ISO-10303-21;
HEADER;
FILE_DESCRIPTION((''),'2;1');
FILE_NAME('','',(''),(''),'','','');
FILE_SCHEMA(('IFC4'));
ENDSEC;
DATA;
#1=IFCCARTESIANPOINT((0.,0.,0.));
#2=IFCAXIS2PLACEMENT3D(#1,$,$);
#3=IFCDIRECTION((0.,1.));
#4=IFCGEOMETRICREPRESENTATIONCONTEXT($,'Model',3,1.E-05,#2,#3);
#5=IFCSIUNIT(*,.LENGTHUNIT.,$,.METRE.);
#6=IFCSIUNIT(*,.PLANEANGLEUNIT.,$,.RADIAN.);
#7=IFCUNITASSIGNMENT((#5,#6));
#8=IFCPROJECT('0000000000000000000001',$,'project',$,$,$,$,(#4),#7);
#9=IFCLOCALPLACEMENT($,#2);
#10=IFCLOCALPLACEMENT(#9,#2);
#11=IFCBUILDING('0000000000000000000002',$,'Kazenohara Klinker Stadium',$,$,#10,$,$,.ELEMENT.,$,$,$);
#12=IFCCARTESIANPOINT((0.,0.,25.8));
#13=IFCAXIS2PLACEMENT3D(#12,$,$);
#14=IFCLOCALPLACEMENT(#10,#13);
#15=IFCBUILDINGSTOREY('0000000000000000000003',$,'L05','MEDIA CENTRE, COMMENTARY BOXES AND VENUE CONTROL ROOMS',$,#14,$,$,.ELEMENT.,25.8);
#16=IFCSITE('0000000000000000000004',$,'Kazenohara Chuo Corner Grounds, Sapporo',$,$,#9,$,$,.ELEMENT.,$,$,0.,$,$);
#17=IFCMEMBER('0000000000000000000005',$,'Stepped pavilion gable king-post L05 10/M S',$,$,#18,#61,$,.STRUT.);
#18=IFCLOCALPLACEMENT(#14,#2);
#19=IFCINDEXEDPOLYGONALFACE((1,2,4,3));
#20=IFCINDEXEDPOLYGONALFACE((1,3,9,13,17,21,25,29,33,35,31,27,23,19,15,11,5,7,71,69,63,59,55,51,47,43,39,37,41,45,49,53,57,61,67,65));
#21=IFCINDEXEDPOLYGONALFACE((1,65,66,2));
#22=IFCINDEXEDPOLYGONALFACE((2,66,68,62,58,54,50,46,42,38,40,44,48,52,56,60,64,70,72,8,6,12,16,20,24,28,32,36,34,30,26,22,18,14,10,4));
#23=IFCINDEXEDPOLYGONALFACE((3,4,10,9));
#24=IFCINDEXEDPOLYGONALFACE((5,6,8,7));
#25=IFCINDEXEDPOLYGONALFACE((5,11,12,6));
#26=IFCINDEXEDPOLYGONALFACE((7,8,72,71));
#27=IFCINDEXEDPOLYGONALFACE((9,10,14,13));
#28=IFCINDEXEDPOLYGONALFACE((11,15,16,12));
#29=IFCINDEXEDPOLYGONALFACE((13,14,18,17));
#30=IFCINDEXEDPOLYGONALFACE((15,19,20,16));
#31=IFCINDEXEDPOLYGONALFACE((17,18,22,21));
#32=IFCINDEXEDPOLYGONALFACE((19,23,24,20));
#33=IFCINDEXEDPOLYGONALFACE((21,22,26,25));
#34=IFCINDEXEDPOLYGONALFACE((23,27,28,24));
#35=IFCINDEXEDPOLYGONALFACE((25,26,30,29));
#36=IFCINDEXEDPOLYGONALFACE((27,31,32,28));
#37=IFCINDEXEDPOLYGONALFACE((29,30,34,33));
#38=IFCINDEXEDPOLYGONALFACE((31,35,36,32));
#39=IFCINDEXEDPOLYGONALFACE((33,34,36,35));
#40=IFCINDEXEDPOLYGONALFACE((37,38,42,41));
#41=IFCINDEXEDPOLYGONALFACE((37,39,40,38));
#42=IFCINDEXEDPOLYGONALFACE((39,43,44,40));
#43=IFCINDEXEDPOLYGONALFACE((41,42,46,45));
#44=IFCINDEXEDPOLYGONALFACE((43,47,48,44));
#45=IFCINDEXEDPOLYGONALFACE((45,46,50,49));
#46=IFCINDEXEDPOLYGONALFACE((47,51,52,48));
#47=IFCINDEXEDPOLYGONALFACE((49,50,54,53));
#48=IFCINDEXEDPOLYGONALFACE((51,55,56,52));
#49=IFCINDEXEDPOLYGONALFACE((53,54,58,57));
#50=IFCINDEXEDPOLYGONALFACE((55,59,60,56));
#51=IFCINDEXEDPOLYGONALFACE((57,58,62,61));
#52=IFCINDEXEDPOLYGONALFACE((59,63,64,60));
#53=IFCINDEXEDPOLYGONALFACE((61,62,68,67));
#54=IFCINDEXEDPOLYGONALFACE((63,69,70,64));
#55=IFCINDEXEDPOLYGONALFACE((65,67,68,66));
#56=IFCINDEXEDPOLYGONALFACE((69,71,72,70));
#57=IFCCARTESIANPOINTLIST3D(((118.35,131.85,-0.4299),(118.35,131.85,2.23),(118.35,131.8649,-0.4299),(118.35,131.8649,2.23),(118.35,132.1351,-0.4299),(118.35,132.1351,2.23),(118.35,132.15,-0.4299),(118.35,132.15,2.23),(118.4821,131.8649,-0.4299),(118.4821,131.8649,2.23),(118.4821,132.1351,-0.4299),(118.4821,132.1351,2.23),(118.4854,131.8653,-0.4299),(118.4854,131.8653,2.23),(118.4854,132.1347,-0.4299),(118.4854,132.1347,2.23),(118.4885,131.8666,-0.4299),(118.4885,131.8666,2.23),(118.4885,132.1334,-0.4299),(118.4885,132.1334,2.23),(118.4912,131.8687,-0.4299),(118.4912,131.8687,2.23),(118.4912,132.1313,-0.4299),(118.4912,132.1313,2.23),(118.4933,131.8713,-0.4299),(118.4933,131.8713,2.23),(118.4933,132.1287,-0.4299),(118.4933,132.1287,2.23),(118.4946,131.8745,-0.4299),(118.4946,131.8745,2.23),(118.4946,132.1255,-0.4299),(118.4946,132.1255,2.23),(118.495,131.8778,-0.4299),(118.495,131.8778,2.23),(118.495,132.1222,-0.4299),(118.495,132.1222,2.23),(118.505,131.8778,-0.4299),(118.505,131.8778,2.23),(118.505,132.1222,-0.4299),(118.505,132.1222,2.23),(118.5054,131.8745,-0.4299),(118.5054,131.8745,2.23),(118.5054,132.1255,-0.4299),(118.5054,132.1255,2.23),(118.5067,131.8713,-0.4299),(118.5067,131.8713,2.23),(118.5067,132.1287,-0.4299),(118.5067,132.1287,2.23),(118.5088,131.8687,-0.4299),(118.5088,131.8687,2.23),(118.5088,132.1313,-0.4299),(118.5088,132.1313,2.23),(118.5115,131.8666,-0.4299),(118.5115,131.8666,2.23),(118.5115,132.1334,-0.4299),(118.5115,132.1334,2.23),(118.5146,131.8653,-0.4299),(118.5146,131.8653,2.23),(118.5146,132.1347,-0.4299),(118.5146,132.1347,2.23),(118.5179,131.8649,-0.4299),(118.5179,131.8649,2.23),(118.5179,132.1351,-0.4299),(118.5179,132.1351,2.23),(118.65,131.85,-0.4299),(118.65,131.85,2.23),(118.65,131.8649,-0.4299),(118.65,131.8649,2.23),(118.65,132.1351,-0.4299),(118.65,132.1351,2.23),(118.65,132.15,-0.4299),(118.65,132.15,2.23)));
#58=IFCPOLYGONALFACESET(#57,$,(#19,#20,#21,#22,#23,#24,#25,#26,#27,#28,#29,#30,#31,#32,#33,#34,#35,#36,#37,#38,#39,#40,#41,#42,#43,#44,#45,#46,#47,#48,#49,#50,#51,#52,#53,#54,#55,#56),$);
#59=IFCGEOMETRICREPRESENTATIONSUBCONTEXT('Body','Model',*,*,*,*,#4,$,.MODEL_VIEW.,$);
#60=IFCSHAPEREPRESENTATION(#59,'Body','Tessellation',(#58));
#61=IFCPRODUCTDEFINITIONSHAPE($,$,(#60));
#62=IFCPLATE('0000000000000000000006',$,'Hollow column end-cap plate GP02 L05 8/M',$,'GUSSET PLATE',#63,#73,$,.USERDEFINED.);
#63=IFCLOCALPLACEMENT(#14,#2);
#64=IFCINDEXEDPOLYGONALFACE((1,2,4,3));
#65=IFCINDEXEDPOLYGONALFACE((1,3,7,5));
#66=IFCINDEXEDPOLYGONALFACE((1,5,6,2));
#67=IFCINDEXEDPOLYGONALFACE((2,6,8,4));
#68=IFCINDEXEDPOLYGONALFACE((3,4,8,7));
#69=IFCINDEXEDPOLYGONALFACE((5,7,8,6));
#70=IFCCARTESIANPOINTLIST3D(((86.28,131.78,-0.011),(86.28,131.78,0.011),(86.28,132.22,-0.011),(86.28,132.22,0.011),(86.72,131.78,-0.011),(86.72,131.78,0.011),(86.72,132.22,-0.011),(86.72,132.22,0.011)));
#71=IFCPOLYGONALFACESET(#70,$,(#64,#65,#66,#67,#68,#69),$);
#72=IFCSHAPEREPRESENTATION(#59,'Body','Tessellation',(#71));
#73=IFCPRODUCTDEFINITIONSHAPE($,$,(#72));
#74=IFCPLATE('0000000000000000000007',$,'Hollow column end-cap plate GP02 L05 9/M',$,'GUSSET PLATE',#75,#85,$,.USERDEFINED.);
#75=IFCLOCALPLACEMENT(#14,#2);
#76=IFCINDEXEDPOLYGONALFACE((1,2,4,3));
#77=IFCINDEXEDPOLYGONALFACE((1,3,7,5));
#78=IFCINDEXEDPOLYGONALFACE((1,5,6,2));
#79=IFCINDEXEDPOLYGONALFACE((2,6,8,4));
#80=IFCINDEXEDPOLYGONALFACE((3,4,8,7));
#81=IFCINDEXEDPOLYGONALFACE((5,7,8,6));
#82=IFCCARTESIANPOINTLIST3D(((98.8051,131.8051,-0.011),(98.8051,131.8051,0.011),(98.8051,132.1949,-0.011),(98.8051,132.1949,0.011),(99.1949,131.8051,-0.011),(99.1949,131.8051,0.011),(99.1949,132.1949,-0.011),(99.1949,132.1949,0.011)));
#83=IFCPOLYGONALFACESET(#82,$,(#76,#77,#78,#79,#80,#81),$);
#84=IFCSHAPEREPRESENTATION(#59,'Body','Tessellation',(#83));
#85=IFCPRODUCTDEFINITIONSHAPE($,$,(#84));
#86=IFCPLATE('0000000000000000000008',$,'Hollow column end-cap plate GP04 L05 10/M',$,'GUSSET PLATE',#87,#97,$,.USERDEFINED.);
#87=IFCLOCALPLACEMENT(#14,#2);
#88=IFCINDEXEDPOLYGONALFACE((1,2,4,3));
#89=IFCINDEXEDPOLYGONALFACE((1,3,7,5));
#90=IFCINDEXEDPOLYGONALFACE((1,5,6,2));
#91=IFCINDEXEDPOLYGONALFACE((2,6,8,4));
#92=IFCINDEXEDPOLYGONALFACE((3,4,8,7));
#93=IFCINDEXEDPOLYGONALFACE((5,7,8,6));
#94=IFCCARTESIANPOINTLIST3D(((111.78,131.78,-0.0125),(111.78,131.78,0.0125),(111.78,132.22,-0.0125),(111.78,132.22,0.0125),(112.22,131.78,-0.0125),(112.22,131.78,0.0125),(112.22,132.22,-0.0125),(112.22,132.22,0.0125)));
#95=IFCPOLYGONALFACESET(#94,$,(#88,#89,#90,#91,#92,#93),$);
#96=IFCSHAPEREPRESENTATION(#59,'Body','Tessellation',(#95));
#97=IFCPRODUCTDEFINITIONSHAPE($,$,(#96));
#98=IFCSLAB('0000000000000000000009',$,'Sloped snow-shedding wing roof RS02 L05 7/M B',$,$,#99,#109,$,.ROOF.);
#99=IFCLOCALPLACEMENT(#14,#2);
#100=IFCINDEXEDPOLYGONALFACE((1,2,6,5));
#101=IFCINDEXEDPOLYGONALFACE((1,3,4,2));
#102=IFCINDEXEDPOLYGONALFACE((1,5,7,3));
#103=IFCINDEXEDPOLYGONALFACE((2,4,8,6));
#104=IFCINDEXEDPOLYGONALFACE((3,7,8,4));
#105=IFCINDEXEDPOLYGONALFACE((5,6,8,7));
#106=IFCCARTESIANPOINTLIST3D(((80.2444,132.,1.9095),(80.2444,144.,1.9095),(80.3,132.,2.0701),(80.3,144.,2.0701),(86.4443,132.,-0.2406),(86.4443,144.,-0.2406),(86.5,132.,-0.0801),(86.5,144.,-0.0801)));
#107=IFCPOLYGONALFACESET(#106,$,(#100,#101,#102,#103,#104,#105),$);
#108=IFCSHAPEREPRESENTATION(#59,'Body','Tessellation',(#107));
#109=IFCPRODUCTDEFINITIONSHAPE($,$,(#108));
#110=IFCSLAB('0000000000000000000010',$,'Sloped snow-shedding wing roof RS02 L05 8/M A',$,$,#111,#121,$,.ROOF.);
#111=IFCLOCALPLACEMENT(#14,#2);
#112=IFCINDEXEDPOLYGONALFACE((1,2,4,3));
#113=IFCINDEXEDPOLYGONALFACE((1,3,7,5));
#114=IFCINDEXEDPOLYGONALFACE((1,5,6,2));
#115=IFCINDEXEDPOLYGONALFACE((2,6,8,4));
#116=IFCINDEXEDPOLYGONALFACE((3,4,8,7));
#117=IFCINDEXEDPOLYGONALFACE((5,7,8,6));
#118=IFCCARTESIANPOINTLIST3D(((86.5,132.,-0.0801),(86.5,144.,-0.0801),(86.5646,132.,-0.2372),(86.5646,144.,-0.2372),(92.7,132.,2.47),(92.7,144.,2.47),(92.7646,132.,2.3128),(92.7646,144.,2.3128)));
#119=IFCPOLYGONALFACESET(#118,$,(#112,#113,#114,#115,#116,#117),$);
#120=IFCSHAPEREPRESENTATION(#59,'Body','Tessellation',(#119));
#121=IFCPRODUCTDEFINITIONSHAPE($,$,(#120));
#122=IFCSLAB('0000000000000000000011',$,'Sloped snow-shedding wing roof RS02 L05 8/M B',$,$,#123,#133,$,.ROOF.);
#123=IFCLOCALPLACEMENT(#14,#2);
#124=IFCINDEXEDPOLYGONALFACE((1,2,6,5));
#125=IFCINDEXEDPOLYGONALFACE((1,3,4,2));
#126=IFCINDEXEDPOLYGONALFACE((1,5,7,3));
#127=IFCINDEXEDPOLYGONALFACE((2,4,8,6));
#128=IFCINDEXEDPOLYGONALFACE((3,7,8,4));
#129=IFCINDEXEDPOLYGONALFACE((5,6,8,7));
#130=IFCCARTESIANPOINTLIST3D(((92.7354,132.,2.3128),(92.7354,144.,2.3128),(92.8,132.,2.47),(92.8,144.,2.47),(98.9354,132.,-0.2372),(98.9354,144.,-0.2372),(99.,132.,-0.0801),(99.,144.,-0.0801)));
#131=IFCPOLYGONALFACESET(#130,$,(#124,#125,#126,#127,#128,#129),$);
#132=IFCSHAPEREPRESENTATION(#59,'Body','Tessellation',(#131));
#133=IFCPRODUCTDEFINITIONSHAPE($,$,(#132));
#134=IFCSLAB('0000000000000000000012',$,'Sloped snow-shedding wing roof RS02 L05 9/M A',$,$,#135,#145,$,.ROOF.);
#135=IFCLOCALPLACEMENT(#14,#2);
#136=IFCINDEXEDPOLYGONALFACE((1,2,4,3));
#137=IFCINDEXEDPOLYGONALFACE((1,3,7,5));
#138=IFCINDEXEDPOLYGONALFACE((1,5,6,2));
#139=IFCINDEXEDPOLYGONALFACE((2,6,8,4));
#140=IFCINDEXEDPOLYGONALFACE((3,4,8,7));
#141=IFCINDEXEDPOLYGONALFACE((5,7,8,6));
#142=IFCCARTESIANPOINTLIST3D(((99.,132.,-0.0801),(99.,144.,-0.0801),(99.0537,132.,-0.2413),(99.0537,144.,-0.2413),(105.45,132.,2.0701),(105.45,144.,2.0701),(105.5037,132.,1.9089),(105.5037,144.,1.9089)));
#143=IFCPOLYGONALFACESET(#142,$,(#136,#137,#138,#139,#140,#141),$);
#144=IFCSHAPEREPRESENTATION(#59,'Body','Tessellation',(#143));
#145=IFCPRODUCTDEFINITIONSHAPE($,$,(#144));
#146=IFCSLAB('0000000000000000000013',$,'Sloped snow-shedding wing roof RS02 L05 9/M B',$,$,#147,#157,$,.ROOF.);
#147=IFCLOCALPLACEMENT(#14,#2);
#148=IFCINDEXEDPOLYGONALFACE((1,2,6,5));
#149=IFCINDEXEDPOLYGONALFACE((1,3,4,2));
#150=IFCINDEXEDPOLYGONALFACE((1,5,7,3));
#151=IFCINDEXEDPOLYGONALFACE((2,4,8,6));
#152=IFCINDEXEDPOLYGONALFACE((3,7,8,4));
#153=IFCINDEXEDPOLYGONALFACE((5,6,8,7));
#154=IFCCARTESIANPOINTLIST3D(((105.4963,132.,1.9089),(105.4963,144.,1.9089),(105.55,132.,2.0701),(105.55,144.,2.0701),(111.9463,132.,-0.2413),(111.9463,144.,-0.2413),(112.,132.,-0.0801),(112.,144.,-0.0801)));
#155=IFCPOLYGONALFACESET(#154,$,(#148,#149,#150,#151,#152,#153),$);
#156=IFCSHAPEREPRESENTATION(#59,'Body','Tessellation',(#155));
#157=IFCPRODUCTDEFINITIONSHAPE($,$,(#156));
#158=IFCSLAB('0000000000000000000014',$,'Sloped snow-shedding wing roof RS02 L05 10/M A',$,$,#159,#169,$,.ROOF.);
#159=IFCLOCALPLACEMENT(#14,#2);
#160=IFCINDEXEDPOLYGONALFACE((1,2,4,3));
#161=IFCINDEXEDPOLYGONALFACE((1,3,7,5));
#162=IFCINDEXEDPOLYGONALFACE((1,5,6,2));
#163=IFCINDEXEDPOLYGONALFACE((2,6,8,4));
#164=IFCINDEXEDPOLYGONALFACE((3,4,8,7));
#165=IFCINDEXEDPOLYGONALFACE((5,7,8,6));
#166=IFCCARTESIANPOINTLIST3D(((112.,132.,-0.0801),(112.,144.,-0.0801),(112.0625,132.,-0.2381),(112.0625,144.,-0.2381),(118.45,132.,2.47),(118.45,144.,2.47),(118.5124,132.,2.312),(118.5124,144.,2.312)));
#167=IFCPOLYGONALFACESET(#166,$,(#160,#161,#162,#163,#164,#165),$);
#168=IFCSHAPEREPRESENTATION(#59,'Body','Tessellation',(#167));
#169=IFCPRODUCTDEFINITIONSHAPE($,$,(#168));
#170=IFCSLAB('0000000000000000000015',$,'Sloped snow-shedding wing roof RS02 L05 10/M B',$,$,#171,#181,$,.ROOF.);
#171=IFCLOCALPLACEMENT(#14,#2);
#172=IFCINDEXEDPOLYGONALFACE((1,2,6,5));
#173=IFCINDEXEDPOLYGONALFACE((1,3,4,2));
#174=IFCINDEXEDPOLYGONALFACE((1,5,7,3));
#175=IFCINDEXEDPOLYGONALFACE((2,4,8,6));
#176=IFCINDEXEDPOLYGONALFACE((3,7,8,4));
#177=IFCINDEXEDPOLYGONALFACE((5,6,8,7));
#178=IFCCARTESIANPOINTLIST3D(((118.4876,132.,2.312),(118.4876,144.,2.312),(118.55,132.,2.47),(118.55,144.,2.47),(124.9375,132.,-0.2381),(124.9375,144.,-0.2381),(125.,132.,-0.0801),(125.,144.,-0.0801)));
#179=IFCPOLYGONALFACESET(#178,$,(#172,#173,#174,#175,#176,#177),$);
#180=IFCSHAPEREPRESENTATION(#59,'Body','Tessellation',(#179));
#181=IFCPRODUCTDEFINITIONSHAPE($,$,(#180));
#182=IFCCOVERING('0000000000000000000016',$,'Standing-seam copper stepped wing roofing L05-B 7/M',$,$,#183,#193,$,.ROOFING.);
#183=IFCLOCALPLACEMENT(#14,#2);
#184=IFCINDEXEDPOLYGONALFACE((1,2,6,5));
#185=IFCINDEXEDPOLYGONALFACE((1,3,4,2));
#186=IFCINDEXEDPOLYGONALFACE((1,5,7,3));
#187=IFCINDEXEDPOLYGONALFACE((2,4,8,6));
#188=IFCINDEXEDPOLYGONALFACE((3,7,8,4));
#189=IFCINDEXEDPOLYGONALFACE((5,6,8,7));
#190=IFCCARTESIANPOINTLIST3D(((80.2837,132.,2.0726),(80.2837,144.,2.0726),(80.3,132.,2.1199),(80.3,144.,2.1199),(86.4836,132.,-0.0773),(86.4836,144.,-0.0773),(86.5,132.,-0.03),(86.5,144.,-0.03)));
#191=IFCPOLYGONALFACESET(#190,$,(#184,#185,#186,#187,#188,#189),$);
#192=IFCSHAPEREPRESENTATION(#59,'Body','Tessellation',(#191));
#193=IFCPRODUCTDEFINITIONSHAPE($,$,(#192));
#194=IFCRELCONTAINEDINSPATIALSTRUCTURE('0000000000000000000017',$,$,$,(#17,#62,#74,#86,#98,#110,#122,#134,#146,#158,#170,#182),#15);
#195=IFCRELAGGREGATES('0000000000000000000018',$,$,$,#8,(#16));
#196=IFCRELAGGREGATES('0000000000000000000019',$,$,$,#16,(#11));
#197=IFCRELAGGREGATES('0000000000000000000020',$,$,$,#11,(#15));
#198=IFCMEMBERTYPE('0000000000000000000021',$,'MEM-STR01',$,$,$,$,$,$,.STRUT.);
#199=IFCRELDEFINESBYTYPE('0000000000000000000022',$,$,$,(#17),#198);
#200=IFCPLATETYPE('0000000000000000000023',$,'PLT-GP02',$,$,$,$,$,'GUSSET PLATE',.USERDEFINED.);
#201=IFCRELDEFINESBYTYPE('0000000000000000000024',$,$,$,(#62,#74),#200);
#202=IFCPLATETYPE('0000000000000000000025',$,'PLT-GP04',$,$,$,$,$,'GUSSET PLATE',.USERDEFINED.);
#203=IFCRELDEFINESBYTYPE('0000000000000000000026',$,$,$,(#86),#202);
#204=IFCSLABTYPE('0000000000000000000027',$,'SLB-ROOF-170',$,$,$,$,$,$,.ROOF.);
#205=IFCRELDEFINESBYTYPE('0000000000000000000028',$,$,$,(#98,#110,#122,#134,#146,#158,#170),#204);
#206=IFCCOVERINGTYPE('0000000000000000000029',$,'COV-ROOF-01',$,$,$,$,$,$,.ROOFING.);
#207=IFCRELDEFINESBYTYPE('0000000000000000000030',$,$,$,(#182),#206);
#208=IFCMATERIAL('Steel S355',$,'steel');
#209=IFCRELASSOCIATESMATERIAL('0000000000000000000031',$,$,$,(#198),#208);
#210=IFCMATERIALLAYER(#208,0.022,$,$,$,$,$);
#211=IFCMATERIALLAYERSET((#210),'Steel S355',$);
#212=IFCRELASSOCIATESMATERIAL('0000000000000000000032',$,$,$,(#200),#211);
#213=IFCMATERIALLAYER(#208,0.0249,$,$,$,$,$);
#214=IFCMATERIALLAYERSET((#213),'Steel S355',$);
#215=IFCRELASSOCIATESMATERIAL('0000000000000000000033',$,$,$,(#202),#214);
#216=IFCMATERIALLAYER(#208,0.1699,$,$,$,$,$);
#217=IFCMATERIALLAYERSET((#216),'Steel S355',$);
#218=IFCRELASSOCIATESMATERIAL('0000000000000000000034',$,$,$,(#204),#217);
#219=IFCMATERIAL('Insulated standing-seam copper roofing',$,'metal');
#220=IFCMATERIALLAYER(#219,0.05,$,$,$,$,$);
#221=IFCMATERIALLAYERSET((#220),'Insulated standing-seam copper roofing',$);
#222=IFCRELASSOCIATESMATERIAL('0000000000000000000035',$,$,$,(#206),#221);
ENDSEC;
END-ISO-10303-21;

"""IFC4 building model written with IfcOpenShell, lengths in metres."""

from ifc_helpers import new_model, si_unit, direction, frame, origin, origin_2d, place, context, subcontext, project, spatial, polyline, rectangle, i_section, outline, extrude, material, layer, layer_set, material_profile, profile_set, type_object, element, save


model = new_model("IFC4")

# Units and contexts
model_context = context("Model", 3, precision=1e-05, world=origin(), true_north=direction((0.0, 1.0)))
body_context = subcontext(model_context, "Body", "Model", "MODEL_VIEW")
ifc_project = project(units=[si_unit("LENGTHUNIT", "METRE"), si_unit("PLANEANGLEUNIT", "RADIAN")], contexts=[model_context])

# Site, building, storey
site_placement = place(None, origin())
site = spatial("IfcSite", under=ifc_project, at=site_placement, Name="Kazenohara Chuo Corner Grounds, Sapporo", CompositionType="ELEMENT", RefElevation=0.0)
building_placement = place(site_placement, origin())
building = spatial("IfcBuilding", under=site, at=building_placement, Name="Kazenohara Klinker Stadium", CompositionType="ELEMENT")
storey_placement = place(building_placement, frame((0.0, 0.0, 25.8)))
storey = spatial("IfcBuildingStorey", under=building, at=storey_placement, Name="L05", Description="MEDIA CENTRE, COMMENTARY BOXES AND VENUE CONTROL ROOMS", CompositionType="ELEMENT", Elevation=25.8)

# Shared definitions
ifc_material_1 = material(Name="Steel S355", Category="steel")

# Member
ifc_material_profile_1 = material_profile(ifc_material_1, i_section(OverallWidth=0.3, OverallDepth=0.3, WebThickness=0.01, FlangeThickness=0.0149, FilletRadius=0.0129, at=origin_2d()), Name="H-300x300x10x15")
ifc_profile_set_1 = profile_set([ifc_material_profile_1], Name="Steel S355")
member_type_1 = type_object("IfcMemberType", Name="MEM-STR01", PredefinedType="STRUT", material=ifc_profile_set_1)
member_1_placement = place(storey_placement, frame((118.5, 132.0, -0.4299), z_axis=(0.0, 0.0, 1.0), x_axis=(1.0, 0.0, 0.0)))
element("IfcMember", 1, at=member_1_placement, inside=storey, type_object=member_type_1, Name="Stepped pavilion gable king-post L05 10/M S", PredefinedType="STRUT", context=body_context, shape_type="SweptSolid", body=[
    extrude(i_section(OverallWidth=0.3, OverallDepth=0.3, WebThickness=0.01, FlangeThickness=0.0149, FilletRadius=0.0129, at=origin_2d()), origin(), (0.0, 0.0, 1.0), 2.6599),
])

# Plates
ifc_layer_1 = layer(ifc_material_1, 0.022)
ifc_layer_set_1 = layer_set([ifc_layer_1], Name="Steel S355")
plate_type_1 = type_object("IfcPlateType", Name="PLT-GP02", ElementType="GUSSET PLATE", PredefinedType="USERDEFINED", material=ifc_layer_set_1)
plate_1_placement = place(storey_placement, frame((86.5, 132.0, -0.011), z_axis=(0.0, 0.0, 1.0), x_axis=(1.0, 0.0, 0.0)))
element("IfcPlate", 2, at=plate_1_placement, inside=storey, type_object=plate_type_1, Name="Hollow column end-cap plate GP02 L05 8/M", ObjectType="GUSSET PLATE", PredefinedType="USERDEFINED", context=body_context, shape_type="SweptSolid", body=[
    extrude(rectangle(XDim=0.4399, YDim=0.4399, at=origin_2d()), origin(), (0.0, 0.0, 1.0), 0.022),
])
plate_2_placement = place(storey_placement, frame((99.0, 132.0, -0.011), z_axis=(0.0, 0.0, 1.0), x_axis=(1.0, 0.0, 0.0)))
element("IfcPlate", 3, at=plate_2_placement, inside=storey, type_object=plate_type_1, Name="Hollow column end-cap plate GP02 L05 9/M", ObjectType="GUSSET PLATE", PredefinedType="USERDEFINED", context=body_context, shape_type="SweptSolid", body=[
    extrude(rectangle(XDim=0.3899, YDim=0.3899, at=origin_2d()), origin(), (0.0, 0.0, 1.0), 0.022),
])
ifc_layer_2 = layer(ifc_material_1, 0.0249)
ifc_layer_set_2 = layer_set([ifc_layer_2], Name="Steel S355")
plate_type_2 = type_object("IfcPlateType", Name="PLT-GP04", ElementType="GUSSET PLATE", PredefinedType="USERDEFINED", material=ifc_layer_set_2)
plate_3_placement = place(storey_placement, frame((112.0, 132.0, -0.0125), z_axis=(0.0, 0.0, 1.0), x_axis=(1.0, 0.0, 0.0)))
element("IfcPlate", 4, at=plate_3_placement, inside=storey, type_object=plate_type_2, Name="Hollow column end-cap plate GP04 L05 10/M", ObjectType="GUSSET PLATE", PredefinedType="USERDEFINED", context=body_context, shape_type="SweptSolid", body=[
    extrude(rectangle(XDim=0.4399, YDim=0.4399, at=origin_2d()), origin(), (0.0, 0.0, 1.0), 0.0249),
])

# Slabs
ifc_layer_3 = layer(ifc_material_1, 0.1699)
ifc_layer_set_3 = layer_set([ifc_layer_3], Name="Steel S355")
slab_type = type_object("IfcSlabType", Name="SLB-ROOF-170", PredefinedType="ROOF", material=ifc_layer_set_3)
slab_placement = place(storey_placement, frame((80.3, 132.0, 2.0701), z_axis=(0.327656, 0.0, 0.944797), x_axis=(0.944797, 0.0, -0.327656)))
element("IfcSlab", 5, at=slab_placement, inside=storey, type_object=slab_type, Name="Sloped snow-shedding wing roof RS02 L05 7/M B", PredefinedType="ROOF", context=body_context, shape_type="SweptSolid", body=[
    extrude(outline(polyline([(0.0, 0.0), (6.5622, 0.0), (6.5622, 12.0), (0.0, 12.0), (0.0, 0.0)])), origin(), (0.0, 0.0, -1.0), 0.1699),
])
for number, where, z_axis, x_axis, name in (
    (6, (86.5, 132.0, -0.0801), (-0.380383, 0.0, 0.924829), (0.924829, 0.0, 0.380383), "Sloped snow-shedding wing roof RS02 L05 8/M A"),
    (7, (92.8, 132.0, 2.47), (0.380383, 0.0, 0.924829), (0.924829, 0.0, -0.380383), "Sloped snow-shedding wing roof RS02 L05 8/M B"),
):
    element("IfcSlab", number, at=place(storey_placement, frame(where, z_axis=z_axis, x_axis=x_axis)), inside=storey, type_object=slab_type, Name=name, PredefinedType="ROOF", context=body_context, shape_type="SweptSolid", body=[
        extrude(outline(polyline([(0.0, 0.0), (6.7039, 0.0), (6.7039, 12.0), (0.0, 12.0), (0.0, 0.0)])), origin(), (0.0, 0.0, -1.0), 0.1699),
    ])
for number, where, z_axis, x_axis, name in (
    (8, (99.0, 132.0, -0.0801), (-0.316249, 0.0, 0.948676), (0.948676, 0.0, 0.316249), "Sloped snow-shedding wing roof RS02 L05 9/M A"),
    (9, (105.55, 132.0, 2.0701), (0.316249, 0.0, 0.948676), (0.948676, 0.0, -0.316249), "Sloped snow-shedding wing roof RS02 L05 9/M B"),
):
    element("IfcSlab", number, at=place(storey_placement, frame(where, z_axis=z_axis, x_axis=x_axis)), inside=storey, type_object=slab_type, Name=name, PredefinedType="ROOF", context=body_context, shape_type="SweptSolid", body=[
        extrude(outline(polyline([(0.0, 0.0), (6.7989, 0.0), (6.7989, 12.0), (0.0, 12.0), (0.0, 0.0)])), origin(), (0.0, 0.0, -1.0), 0.1699),
    ])
for number, where, z_axis, x_axis, name in (
    (10, (112.0, 132.0, -0.0801), (-0.367667, 0.0, 0.929957), (0.929957, 0.0, 0.367667), "Sloped snow-shedding wing roof RS02 L05 10/M A"),
    (11, (118.55, 132.0, 2.47), (0.367667, 0.0, 0.929957), (0.929957, 0.0, -0.367667), "Sloped snow-shedding wing roof RS02 L05 10/M B"),
):
    element("IfcSlab", number, at=place(storey_placement, frame(where, z_axis=z_axis, x_axis=x_axis)), inside=storey, type_object=slab_type, Name=name, PredefinedType="ROOF", context=body_context, shape_type="SweptSolid", body=[
        extrude(outline(polyline([(0.0, 0.0), (6.9357, 0.0), (6.9357, 12.0), (0.0, 12.0), (0.0, 0.0)])), origin(), (0.0, 0.0, -1.0), 0.1699),
    ])

# Covering
ifc_material_2 = material(Name="Insulated standing-seam copper roofing", Category="metal")
ifc_layer_4 = layer(ifc_material_2, 0.05)
ifc_layer_set_4 = layer_set([ifc_layer_4], Name="Insulated standing-seam copper roofing")
covering_type = type_object("IfcCoveringType", Name="COV-ROOF-01", PredefinedType="ROOFING", material=ifc_layer_set_4)
covering_placement = place(storey_placement, frame((80.3, 132.0, 2.1199), z_axis=(0.327623, 0.0, 0.944809), x_axis=(0.944809, 0.0, -0.327623)))
element("IfcCovering", 12, at=covering_placement, inside=storey, type_object=covering_type, Name="Standing-seam copper stepped wing roofing L05-B 7/M", PredefinedType="ROOFING", context=body_context, shape_type="SweptSolid", body=[
    extrude(outline(polyline([(0.0, 0.0), (6.5621, 0.0), (6.5621, 12.0), (0.0, 12.0), (0.0, 0.0)])), origin(), (0.0, 0.0, -1.0), 0.05),
])

save(model, "model.ifc")
